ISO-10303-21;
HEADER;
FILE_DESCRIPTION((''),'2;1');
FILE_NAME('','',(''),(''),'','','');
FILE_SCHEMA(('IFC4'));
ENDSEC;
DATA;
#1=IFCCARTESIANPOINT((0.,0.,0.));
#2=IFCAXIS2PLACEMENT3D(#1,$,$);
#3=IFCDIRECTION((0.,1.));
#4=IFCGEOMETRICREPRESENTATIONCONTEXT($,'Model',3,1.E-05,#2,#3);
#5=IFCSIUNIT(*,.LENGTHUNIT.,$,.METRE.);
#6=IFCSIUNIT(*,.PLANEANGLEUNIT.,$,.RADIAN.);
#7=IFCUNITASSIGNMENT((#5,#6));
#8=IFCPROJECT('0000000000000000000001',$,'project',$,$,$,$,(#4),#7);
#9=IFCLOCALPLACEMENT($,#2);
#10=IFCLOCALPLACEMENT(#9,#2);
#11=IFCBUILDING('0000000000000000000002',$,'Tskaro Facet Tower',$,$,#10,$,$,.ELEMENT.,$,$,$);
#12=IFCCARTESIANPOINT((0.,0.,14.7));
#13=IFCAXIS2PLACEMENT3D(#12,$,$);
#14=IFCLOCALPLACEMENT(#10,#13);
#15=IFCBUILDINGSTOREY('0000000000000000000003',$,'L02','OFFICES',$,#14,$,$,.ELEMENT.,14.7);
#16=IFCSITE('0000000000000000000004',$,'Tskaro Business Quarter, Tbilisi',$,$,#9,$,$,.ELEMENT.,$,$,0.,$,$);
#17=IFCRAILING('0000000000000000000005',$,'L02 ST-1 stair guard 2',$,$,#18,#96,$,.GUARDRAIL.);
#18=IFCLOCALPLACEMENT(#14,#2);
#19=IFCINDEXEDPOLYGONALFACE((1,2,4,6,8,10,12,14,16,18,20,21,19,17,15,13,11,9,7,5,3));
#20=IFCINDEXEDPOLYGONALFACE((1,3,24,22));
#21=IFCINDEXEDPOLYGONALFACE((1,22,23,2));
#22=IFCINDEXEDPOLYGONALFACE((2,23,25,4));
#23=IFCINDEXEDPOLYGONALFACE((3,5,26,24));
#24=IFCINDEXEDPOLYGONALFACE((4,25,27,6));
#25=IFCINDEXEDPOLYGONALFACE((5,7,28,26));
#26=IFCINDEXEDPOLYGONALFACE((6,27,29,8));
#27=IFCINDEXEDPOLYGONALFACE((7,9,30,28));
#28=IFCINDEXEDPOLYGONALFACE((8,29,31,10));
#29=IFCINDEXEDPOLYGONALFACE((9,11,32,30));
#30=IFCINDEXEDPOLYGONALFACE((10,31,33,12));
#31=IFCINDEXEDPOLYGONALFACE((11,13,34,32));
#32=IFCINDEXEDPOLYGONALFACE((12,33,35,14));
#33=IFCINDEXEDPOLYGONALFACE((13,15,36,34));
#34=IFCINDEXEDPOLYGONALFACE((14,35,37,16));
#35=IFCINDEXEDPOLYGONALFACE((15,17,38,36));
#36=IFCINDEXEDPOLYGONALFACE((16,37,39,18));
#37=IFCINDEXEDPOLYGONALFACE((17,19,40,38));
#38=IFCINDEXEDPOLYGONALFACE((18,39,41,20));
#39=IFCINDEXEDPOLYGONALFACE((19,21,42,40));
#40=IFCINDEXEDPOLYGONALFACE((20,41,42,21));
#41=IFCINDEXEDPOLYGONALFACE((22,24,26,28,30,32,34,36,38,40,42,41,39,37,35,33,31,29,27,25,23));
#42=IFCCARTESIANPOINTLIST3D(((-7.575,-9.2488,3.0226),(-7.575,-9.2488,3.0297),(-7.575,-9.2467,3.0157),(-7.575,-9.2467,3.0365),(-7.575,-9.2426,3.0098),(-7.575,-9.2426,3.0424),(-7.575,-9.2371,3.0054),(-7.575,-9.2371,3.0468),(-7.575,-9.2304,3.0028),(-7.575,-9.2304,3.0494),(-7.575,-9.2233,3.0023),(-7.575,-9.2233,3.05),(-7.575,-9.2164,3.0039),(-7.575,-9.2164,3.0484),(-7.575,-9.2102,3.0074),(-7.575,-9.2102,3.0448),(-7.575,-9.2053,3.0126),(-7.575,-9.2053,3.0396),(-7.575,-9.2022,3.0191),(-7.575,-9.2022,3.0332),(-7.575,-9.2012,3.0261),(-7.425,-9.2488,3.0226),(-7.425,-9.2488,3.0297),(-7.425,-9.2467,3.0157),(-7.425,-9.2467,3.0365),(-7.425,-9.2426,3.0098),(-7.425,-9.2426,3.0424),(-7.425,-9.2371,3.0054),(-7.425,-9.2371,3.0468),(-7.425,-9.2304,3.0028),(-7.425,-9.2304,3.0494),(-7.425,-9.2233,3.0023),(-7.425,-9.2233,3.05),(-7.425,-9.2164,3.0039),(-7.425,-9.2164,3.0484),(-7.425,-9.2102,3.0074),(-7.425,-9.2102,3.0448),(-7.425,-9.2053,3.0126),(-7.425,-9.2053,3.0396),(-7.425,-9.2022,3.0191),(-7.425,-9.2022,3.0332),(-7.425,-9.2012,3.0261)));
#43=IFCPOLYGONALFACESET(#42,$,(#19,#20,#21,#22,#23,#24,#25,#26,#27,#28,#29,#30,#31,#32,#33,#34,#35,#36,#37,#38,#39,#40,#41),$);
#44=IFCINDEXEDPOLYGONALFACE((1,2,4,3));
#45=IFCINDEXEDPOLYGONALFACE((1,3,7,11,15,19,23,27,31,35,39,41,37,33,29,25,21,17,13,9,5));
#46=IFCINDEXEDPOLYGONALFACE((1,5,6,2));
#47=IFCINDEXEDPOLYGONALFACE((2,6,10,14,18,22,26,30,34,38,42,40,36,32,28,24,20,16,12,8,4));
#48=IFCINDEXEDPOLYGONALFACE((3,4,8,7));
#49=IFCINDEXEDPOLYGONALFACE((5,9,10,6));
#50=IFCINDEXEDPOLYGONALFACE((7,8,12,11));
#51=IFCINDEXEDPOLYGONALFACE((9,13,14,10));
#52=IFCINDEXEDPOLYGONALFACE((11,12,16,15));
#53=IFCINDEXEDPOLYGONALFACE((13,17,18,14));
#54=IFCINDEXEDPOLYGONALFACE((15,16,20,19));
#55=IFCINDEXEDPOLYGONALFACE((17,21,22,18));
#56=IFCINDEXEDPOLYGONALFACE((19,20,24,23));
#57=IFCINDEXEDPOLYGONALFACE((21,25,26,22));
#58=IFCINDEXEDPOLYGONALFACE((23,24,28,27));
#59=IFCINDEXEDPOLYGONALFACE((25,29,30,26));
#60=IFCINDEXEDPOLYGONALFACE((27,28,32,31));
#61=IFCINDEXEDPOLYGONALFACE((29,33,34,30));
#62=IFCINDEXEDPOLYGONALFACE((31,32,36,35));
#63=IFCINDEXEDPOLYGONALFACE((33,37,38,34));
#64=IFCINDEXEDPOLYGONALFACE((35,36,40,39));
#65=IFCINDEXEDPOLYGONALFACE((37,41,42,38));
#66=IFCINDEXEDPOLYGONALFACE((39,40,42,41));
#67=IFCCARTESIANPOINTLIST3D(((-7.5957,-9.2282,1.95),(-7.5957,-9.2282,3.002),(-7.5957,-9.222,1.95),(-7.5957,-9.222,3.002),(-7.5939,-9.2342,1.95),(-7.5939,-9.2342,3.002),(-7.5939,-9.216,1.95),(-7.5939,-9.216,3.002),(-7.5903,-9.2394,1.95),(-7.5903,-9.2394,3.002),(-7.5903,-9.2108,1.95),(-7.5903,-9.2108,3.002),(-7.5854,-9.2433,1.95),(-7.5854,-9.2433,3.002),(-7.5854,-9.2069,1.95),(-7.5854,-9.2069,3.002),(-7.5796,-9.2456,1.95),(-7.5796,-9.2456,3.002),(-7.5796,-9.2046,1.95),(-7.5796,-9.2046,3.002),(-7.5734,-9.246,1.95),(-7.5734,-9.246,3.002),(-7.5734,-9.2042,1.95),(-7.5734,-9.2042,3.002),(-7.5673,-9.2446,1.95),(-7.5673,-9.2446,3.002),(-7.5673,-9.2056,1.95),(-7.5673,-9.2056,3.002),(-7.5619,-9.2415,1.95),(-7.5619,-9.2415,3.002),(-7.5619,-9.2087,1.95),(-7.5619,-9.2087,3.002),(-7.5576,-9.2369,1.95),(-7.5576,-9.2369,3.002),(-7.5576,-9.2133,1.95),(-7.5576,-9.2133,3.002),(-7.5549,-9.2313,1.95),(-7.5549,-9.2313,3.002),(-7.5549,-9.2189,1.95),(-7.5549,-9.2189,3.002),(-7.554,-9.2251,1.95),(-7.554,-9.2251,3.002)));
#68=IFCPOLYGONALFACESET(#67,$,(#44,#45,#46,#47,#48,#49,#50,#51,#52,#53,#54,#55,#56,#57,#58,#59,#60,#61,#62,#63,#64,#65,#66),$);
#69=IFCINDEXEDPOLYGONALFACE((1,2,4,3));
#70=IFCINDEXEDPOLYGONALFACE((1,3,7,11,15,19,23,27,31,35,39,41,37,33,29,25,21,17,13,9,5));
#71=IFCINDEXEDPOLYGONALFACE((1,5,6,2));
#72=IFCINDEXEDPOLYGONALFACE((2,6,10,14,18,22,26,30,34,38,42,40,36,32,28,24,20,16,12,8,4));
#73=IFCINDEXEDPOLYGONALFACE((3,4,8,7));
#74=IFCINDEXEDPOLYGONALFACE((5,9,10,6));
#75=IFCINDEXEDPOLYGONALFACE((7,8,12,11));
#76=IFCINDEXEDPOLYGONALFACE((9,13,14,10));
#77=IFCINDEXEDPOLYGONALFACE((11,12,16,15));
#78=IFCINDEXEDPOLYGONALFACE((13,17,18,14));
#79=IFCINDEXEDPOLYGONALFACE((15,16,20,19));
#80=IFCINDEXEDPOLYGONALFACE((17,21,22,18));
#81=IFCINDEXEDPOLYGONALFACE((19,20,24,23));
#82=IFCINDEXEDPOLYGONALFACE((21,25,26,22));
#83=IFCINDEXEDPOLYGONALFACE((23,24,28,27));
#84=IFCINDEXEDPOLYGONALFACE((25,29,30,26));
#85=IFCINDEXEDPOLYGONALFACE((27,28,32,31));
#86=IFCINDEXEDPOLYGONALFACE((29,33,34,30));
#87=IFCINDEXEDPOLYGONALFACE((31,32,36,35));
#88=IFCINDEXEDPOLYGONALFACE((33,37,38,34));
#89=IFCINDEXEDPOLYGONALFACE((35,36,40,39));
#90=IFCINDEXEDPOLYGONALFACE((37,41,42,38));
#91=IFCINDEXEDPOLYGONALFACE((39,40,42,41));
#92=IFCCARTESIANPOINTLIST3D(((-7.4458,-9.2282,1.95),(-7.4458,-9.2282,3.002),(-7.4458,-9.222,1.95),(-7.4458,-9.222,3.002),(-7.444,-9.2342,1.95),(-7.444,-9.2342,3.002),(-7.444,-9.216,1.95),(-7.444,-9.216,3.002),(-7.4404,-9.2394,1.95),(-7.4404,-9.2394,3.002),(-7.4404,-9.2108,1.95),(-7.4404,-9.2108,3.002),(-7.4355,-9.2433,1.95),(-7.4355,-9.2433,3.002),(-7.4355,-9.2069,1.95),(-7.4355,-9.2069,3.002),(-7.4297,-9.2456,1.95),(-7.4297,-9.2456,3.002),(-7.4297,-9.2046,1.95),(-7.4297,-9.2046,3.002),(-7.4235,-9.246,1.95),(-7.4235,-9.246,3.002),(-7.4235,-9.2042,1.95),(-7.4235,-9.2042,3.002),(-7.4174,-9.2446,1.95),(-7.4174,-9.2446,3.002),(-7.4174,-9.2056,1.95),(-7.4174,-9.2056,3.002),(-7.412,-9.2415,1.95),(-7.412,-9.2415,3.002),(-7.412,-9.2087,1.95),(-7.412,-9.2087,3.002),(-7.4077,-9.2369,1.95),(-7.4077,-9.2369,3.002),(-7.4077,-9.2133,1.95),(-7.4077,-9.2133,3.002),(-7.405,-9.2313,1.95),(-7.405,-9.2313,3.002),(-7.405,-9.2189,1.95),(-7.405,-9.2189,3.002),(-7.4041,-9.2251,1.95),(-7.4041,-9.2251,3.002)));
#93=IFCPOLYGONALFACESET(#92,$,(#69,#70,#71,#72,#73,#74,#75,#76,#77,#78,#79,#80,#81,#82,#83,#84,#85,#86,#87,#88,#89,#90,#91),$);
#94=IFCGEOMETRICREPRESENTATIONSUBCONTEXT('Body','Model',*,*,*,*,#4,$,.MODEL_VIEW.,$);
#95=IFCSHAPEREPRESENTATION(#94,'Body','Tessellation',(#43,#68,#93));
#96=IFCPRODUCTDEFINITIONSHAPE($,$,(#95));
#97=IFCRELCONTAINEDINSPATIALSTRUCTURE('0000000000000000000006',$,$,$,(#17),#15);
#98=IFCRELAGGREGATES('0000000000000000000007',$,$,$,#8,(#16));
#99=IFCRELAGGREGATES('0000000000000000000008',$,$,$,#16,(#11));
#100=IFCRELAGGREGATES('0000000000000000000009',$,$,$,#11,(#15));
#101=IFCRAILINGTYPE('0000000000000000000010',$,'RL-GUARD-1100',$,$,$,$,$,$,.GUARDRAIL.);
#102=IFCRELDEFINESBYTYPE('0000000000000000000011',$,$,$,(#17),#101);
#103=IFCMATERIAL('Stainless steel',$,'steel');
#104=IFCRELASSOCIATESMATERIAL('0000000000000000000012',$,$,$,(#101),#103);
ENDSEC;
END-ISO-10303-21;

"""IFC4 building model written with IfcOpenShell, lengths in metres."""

from ifc_helpers import new_model, si_unit, direction, frame, origin, origin_2d, place, context, subcontext, project, spatial, circle, extrude, material, type_object, element, save


model = new_model("IFC4")

# Units and contexts
model_context = context("Model", 3, precision=1e-05, world=origin(), true_north=direction((0.0, 1.0)))
body_context = subcontext(model_context, "Body", "Model", "MODEL_VIEW")
ifc_project = project(units=[si_unit("LENGTHUNIT", "METRE"), si_unit("PLANEANGLEUNIT", "RADIAN")], contexts=[model_context])

# Site, building, storey
site_placement = place(None, origin())
site = spatial("IfcSite", under=ifc_project, at=site_placement, Name="Tskaro Business Quarter, Tbilisi", CompositionType="ELEMENT", RefElevation=0.0)
building_placement = place(site_placement, origin())
building = spatial("IfcBuilding", under=site, at=building_placement, Name="Tskaro Facet Tower", CompositionType="ELEMENT")
storey_placement = place(building_placement, frame((0.0, 0.0, 14.7)))
storey = spatial("IfcBuildingStorey", under=building, at=storey_placement, Name="L02", Description="OFFICES", CompositionType="ELEMENT", Elevation=14.7)

# Shared definitions
ifc_material_1 = material(Name="Stainless steel", Category="steel")

# Railing
railing_type_1 = type_object("IfcRailingType", Name="RL-GUARD-1100", PredefinedType="GUARDRAIL", material=ifc_material_1)
railing_1_placement = place(storey_placement, frame((-7.575, -9.2251, 1.95)))
element("IfcRailing", 1, at=railing_1_placement, inside=storey, type_object=railing_type_1, Name="L02 ST-1 stair guard 2", PredefinedType="GUARDRAIL", context=body_context, shape_type="SweptSolid", body=[
    extrude(circle(Radius=0.0239, at=origin_2d()), frame((0.0, 0.0, 1.0762), z_axis=(1.0, 0.0, 0.0), x_axis=(0.0, 1.0, 0.0)), (0.0, 0.0, 1.0), 0.1499),
    extrude(circle(Radius=0.021, at=origin_2d()), origin(), (0.0, 0.0, 1.0), 1.052),
    extrude(circle(Radius=0.021, at=origin_2d()), frame((0.1499, 0.0, 0.0)), (0.0, 0.0, 1.0), 1.052),
])

save(model, "model.ifc")
